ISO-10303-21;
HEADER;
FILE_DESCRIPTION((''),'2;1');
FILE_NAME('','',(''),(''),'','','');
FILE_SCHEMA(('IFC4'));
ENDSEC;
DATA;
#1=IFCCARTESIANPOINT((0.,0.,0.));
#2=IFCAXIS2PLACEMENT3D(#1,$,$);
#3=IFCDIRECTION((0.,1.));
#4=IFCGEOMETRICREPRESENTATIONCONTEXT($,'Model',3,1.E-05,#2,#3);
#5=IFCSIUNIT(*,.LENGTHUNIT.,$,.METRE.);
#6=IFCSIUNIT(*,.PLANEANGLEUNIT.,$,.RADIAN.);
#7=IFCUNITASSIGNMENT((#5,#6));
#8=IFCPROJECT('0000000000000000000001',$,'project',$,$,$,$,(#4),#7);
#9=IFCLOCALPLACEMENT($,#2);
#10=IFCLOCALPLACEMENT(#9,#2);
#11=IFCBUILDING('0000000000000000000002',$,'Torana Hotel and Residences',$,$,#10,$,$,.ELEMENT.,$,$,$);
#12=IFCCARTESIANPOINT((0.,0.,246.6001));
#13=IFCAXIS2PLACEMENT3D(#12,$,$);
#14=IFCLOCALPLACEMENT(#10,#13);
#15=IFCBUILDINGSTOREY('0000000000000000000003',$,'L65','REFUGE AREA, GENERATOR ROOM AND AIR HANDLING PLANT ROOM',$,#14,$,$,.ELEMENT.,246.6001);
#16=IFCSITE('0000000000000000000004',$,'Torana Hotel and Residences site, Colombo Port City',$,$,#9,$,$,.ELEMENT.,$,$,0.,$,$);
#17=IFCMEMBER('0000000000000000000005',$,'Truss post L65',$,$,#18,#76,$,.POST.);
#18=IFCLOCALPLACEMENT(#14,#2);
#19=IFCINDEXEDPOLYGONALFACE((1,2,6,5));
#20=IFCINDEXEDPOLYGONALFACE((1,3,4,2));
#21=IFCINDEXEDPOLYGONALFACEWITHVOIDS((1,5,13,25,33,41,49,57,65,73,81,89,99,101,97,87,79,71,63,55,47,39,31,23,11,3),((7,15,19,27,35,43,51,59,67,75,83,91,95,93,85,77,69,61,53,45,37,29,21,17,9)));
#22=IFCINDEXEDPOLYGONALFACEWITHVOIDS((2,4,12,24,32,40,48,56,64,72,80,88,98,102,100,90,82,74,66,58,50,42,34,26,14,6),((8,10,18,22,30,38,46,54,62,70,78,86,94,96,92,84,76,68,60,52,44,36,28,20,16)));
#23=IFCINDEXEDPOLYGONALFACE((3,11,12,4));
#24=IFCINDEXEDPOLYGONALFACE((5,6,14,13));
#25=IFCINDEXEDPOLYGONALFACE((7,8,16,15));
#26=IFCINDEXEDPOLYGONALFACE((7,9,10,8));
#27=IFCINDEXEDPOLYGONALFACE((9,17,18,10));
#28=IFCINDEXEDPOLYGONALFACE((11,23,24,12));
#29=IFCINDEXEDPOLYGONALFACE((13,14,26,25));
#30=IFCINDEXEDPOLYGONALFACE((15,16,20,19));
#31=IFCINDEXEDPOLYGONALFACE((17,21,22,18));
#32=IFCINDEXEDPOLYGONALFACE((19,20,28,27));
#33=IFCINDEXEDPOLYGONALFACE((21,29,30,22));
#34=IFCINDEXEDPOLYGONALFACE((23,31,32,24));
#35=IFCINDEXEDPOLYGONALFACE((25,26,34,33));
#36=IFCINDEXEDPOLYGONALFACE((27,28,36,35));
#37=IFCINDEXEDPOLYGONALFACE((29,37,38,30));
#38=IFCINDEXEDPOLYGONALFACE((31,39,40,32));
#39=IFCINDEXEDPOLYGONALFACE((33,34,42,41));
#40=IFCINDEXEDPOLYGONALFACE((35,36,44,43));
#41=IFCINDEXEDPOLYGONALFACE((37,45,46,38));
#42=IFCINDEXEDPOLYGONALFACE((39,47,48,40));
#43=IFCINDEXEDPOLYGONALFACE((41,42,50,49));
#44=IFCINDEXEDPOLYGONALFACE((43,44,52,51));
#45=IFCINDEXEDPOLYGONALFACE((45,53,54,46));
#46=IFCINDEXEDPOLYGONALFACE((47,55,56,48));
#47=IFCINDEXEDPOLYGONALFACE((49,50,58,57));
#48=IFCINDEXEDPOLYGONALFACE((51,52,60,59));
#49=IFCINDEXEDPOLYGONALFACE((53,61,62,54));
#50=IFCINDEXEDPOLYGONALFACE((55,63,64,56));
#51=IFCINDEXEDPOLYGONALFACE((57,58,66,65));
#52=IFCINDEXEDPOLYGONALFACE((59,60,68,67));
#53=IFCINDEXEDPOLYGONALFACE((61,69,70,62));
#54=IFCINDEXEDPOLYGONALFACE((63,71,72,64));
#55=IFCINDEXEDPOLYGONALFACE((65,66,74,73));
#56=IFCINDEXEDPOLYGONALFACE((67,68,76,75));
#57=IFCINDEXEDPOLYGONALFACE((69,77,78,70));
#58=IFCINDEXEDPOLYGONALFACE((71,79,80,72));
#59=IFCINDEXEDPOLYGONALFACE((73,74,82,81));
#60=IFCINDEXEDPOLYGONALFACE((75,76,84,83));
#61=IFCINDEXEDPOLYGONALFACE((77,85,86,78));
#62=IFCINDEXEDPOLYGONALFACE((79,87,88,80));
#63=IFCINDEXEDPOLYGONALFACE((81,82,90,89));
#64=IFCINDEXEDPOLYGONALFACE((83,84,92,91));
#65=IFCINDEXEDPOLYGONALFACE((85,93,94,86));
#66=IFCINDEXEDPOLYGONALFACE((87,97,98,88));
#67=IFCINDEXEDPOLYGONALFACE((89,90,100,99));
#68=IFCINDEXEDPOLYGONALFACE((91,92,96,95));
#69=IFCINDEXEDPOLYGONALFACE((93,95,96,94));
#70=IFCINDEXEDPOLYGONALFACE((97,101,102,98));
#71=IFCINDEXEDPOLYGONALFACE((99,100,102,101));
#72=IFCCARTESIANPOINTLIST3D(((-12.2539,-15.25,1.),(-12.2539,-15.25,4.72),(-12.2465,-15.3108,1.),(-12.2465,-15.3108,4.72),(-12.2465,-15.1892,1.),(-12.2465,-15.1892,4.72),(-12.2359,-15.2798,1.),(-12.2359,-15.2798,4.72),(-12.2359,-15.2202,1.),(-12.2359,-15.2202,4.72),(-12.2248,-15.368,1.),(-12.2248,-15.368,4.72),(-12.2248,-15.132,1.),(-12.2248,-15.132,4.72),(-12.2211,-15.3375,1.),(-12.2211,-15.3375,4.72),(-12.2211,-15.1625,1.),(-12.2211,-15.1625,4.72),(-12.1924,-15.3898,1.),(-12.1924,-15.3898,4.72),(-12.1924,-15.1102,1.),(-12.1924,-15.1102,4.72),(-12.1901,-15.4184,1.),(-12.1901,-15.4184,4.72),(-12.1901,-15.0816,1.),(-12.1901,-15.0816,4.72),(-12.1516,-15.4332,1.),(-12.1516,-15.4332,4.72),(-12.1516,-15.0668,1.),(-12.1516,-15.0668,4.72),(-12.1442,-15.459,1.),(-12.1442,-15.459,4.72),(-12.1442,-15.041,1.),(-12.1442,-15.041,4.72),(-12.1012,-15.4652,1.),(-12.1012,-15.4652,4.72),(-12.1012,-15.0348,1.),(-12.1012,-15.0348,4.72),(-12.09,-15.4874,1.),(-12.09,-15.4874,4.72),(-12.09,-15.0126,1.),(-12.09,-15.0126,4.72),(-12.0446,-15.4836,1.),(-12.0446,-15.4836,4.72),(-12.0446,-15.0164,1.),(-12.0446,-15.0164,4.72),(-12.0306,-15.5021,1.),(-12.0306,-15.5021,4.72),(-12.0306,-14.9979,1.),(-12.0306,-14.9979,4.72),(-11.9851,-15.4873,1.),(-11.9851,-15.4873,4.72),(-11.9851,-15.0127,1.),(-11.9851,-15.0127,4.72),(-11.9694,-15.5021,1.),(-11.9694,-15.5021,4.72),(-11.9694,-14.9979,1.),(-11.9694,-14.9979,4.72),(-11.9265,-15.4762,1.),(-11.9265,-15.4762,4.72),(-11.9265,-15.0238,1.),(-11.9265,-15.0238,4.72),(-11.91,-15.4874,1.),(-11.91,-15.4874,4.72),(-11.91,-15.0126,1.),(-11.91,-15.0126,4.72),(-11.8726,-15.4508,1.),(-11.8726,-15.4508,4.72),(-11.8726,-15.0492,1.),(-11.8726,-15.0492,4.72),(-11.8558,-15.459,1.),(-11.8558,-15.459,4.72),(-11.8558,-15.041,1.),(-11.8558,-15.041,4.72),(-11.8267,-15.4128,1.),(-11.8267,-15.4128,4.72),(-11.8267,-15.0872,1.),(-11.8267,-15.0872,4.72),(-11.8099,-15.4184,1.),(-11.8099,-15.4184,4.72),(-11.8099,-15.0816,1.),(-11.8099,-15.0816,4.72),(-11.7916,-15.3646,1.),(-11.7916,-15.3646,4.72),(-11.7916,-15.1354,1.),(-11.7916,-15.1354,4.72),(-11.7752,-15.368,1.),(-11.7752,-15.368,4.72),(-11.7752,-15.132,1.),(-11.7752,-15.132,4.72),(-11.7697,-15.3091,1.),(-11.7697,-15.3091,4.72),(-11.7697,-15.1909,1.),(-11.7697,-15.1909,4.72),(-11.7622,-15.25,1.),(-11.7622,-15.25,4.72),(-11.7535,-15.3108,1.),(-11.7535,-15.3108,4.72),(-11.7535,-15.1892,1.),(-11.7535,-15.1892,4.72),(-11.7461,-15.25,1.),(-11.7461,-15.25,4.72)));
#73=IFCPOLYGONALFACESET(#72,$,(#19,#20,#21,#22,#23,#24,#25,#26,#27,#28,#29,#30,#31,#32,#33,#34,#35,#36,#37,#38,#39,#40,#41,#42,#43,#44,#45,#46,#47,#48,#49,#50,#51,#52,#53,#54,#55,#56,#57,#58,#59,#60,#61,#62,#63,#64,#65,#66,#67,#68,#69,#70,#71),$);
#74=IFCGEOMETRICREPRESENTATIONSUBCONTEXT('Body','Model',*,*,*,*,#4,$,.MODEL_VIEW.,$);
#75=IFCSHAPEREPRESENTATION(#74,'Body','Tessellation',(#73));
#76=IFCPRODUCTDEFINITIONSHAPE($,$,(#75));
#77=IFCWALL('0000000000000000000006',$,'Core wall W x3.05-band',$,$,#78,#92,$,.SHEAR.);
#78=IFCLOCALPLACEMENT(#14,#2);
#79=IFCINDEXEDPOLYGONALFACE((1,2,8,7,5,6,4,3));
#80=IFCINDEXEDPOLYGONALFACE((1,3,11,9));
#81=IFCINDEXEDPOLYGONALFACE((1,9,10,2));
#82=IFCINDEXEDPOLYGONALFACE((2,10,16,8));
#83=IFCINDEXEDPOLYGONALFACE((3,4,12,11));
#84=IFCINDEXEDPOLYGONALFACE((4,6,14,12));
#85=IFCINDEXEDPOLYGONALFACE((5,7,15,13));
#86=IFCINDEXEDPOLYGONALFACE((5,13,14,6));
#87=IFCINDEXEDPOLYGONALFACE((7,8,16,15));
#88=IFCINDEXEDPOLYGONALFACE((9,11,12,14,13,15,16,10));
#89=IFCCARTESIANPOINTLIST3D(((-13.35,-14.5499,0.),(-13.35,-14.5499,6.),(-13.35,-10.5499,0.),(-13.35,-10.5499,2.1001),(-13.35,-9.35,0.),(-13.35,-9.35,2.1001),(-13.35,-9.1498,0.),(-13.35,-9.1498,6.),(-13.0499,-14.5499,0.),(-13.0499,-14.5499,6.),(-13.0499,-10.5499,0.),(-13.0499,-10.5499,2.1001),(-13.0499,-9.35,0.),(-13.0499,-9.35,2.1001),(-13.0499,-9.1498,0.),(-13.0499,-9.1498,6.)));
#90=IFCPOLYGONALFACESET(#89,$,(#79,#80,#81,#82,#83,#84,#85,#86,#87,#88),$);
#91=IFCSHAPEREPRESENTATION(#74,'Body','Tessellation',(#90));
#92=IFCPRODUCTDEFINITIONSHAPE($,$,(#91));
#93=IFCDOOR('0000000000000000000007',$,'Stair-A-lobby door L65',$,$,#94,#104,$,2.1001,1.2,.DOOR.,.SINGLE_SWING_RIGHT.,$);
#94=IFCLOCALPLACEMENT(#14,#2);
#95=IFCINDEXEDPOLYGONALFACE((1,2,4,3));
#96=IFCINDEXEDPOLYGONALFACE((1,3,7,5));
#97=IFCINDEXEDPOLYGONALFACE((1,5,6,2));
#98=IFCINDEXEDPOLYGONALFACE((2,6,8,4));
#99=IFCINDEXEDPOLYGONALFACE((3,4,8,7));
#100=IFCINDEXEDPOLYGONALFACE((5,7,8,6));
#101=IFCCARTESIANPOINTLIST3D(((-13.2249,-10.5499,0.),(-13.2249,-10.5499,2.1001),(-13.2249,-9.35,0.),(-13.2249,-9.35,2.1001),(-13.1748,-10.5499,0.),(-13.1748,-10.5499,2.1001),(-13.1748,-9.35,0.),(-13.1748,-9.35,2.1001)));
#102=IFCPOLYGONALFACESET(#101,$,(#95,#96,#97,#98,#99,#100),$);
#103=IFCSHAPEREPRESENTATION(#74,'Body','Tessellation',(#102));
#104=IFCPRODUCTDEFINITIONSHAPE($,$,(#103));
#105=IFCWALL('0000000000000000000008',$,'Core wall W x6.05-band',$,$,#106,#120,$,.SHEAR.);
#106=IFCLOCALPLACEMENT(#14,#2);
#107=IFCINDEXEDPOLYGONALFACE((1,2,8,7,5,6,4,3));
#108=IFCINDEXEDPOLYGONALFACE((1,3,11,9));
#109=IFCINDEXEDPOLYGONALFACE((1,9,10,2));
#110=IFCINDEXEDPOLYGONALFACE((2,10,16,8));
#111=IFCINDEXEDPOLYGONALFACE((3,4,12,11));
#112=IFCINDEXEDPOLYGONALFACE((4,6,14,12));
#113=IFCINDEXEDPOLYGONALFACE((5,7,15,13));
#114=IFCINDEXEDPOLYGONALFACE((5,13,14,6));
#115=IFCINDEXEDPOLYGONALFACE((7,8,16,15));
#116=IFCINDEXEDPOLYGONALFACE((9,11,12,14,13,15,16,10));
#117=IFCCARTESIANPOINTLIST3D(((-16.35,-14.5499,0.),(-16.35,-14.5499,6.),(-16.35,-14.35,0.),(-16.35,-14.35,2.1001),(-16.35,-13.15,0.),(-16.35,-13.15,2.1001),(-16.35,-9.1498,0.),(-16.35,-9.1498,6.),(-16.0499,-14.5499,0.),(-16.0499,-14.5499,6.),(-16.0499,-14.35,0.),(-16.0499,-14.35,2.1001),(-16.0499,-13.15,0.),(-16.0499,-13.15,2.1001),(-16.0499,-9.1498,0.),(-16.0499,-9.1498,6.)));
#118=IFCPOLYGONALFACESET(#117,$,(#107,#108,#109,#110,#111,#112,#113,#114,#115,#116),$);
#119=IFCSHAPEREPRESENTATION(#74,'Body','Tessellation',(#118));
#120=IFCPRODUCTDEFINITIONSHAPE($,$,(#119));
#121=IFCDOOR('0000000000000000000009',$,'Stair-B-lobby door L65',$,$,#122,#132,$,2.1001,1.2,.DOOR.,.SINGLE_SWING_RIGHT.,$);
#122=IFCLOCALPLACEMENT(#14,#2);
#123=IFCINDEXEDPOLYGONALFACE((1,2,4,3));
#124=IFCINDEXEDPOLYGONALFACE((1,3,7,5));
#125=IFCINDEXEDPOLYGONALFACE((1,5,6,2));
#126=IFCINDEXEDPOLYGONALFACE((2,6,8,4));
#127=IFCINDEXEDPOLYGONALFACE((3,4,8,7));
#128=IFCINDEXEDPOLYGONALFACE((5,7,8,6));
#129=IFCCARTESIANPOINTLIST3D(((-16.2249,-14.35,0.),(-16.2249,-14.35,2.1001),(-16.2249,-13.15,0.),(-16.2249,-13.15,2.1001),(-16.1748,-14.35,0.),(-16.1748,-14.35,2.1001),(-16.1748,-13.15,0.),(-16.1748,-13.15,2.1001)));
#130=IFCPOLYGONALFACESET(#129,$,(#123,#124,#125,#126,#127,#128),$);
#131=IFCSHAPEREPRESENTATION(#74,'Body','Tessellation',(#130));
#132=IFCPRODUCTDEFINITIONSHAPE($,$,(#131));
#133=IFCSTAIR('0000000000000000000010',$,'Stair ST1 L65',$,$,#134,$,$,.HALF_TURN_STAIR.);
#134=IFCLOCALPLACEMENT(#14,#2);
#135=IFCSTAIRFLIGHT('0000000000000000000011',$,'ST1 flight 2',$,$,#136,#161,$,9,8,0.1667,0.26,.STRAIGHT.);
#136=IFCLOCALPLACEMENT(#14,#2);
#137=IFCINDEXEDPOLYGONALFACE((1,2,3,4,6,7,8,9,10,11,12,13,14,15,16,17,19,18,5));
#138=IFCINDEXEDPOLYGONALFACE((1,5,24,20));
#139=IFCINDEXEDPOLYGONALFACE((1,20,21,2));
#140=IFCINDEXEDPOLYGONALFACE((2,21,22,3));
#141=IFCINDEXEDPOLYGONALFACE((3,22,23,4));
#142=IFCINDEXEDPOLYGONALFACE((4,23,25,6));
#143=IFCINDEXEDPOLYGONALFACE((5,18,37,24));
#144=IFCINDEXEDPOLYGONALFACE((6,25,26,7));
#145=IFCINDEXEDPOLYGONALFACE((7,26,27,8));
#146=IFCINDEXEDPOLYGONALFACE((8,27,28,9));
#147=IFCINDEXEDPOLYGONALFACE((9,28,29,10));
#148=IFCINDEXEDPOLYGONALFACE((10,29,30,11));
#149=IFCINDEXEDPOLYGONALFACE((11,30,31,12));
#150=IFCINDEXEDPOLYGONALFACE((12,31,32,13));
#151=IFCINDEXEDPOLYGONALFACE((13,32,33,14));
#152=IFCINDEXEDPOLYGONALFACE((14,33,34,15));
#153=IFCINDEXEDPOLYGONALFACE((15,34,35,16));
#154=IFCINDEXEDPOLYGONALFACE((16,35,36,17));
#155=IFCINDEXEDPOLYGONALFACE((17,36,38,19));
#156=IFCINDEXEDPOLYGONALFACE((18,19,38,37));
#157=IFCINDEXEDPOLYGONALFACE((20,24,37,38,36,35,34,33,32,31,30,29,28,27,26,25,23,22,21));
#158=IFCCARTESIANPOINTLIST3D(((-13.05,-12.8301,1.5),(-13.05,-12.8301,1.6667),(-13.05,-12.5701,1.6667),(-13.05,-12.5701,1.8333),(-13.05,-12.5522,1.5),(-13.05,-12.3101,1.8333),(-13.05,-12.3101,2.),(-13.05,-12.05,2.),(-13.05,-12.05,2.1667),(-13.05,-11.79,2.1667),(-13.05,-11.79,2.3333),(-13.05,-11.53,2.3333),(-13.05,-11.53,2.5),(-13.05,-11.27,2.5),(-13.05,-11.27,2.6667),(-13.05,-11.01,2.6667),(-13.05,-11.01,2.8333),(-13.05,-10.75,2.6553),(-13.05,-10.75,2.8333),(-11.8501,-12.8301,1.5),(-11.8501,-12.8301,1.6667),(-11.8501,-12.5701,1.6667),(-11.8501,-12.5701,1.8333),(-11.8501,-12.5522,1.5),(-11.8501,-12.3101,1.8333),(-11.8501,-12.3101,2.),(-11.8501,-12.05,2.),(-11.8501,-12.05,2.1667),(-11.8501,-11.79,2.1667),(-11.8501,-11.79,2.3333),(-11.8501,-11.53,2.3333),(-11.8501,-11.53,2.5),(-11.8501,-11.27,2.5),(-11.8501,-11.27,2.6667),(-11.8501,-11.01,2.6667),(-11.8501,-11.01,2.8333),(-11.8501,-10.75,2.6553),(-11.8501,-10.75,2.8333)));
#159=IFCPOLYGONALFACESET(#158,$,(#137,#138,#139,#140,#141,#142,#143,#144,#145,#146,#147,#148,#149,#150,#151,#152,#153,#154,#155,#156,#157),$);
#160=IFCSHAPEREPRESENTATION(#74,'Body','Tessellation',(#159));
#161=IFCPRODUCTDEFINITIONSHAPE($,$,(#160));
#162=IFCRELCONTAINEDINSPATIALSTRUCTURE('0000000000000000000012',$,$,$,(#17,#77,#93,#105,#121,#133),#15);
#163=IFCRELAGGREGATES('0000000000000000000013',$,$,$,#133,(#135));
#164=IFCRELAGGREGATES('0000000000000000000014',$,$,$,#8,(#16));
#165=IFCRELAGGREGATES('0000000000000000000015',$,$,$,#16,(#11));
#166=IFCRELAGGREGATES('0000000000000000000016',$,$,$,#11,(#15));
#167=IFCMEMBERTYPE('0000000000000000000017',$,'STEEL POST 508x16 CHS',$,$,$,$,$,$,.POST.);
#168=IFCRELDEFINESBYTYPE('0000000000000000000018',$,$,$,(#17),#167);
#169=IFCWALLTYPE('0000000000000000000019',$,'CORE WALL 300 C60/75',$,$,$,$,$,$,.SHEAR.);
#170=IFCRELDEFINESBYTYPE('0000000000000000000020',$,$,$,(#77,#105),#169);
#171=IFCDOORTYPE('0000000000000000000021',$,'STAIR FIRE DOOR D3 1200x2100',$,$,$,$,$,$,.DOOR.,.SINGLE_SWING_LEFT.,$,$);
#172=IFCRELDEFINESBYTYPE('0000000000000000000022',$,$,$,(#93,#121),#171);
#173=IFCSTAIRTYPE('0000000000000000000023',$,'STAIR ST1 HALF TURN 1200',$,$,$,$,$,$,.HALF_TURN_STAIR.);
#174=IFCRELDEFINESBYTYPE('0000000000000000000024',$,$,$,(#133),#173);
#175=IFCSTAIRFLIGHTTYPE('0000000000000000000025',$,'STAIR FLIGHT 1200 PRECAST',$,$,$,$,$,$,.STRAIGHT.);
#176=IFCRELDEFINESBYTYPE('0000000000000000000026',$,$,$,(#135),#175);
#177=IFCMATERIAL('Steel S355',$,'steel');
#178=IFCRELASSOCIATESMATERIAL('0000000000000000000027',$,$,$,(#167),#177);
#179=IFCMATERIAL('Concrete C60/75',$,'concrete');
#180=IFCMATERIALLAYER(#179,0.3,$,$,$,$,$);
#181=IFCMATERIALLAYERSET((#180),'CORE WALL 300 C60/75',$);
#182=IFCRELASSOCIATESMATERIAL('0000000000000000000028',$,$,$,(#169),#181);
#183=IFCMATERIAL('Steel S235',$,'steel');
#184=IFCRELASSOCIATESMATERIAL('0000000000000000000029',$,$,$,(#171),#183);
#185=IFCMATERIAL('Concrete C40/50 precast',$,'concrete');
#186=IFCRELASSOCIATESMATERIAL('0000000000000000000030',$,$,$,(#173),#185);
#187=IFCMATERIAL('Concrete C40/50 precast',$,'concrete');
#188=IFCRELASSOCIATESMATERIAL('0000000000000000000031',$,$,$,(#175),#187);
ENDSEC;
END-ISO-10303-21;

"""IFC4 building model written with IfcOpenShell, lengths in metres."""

from ifc_helpers import new_model, si_unit, direction, frame, frame_2d, origin, origin_2d, place, context, subcontext, project, spatial, polyline, rectangle, hollow_circle, outline, extrude, material, layer, layer_set, material_profile, profile_set, type_object, element, fill, aggregate, save


model = new_model("IFC4")

# Units and contexts
model_context = context("Model", 3, precision=1e-05, world=origin(), true_north=direction((0.0, 1.0)))
body_context = subcontext(model_context, "Body", "Model", "MODEL_VIEW")
ifc_project = project(units=[si_unit("LENGTHUNIT", "METRE"), si_unit("PLANEANGLEUNIT", "RADIAN")], contexts=[model_context])

# Site, building, storey
site_placement = place(None, origin())
site = spatial("IfcSite", under=ifc_project, at=site_placement, Name="Torana Hotel and Residences site, Colombo Port City", CompositionType="ELEMENT", RefElevation=0.0)
building_placement = place(site_placement, origin())
building = spatial("IfcBuilding", under=site, at=building_placement, Name="Torana Hotel and Residences", CompositionType="ELEMENT")
storey_placement = place(building_placement, frame((0.0, 0.0, 246.6001)))
storey = spatial("IfcBuildingStorey", under=building, at=storey_placement, Name="L65", Description="REFUGE AREA, GENERATOR ROOM AND AIR HANDLING PLANT ROOM", CompositionType="ELEMENT", Elevation=246.6001)

# Member
ifc_material_1 = material(Name="Steel S355", Category="steel")
ifc_material_profile_1 = material_profile(ifc_material_1, hollow_circle(Radius=0.2539, WallThickness=0.0161, at=origin_2d()), Name="508x16 CHS")
ifc_profile_set_1 = profile_set([ifc_material_profile_1], Name="Steel S355")
member_type_1 = type_object("IfcMemberType", Name="STEEL POST 508x16 CHS", PredefinedType="POST", material=ifc_profile_set_1)
for number, where, z_axis, x_axis, name in (
    (1, (-12.0, -15.25, 1.0), (0.0, 0.0, 1.0), (1.0, 0.0, 0.0), "Truss post L65"),
):
    element("IfcMember", number, at=place(storey_placement, frame(where, z_axis=z_axis, x_axis=x_axis)), inside=storey, type_object=member_type_1, Name=name, PredefinedType="POST", context=body_context, shape_type="SweptSolid", body=[
        extrude(hollow_circle(Radius=0.2539, WallThickness=0.0161, at=origin_2d()), origin(), (0.0, 0.0, 1.0), 3.72),
    ])

# Walls, openings, doors
ifc_material_2 = material(Name="Concrete C60/75", Category="concrete")
ifc_layer = layer(ifc_material_2, 0.3)
ifc_layer_set = layer_set([ifc_layer], Name="CORE WALL 300 C60/75")
wall_type = type_object("IfcWallType", Name="CORE WALL 300 C60/75", PredefinedType="SHEAR", material=ifc_layer_set)
wall_1_placement = place(storey_placement, frame((-13.2, -14.55, 0.0), z_axis=(0.0, 0.0, 1.0), x_axis=(0.0, 1.0, 0.0)))
wall_1 = element("IfcWall", 2, at=wall_1_placement, inside=storey, type_object=wall_type, Name="Core wall W x3.05-band", PredefinedType="SHEAR", context=body_context, shape_type="SweptSolid", body=[
    extrude(rectangle(XDim=5.4001, YDim=0.3, at=frame_2d((2.7002, 0.0))), origin(), (0.0, 0.0, 1.0), 6.0),
])
opening_1_placement = place(wall_1_placement, frame((4.0, 0.0, 0.0)))
opening_1 = element("IfcOpeningElement", 3, at=opening_1_placement, cuts=wall_1, PredefinedType="OPENING", context=body_context, shape_type="SweptSolid", body=[
    extrude(rectangle(XDim=1.2, YDim=2.1001, at=frame_2d((0.6001, 1.05))), frame((0.0, 0.1599, 0.0), z_axis=(0.0, -1.0, 0.0), x_axis=(1.0, 0.0, 0.0)), (0.0, 0.0, 1.0), 0.3201),
])
ifc_material_3 = material(Name="Steel S235", Category="steel")
door_type = type_object("IfcDoorType", Name="STAIR FIRE DOOR D3 1200x2100", OperationType="SINGLE_SWING_LEFT", PredefinedType="DOOR", material=ifc_material_3)
door_1_placement = place(opening_1_placement, frame((0.6001, 0.0, 0.0), z_axis=(0.0, 0.0, 1.0), x_axis=(-1.0, 0.0, 0.0)))
door_1 = element("IfcDoor", 4, at=door_1_placement, inside=storey, type_object=door_type, Name="Stair-A-lobby door L65", OperationType="SINGLE_SWING_RIGHT", OverallHeight=2.1001, OverallWidth=1.2, PredefinedType="DOOR", context=body_context, shape_type="SweptSolid", body=[
    extrude(rectangle(XDim=1.2, YDim=2.1001, at=frame_2d((0.0, 1.05))), frame((0.0, -0.0249, 0.0), z_axis=(0.0, 1.0, 0.0), x_axis=(-1.0, 0.0, 0.0)), (0.0, 0.0, 1.0), 0.05),
])
fill(opening_1, door_1)
wall_2_placement = place(storey_placement, frame((-16.2, -14.55, 0.0), z_axis=(0.0, 0.0, 1.0), x_axis=(0.0, 1.0, 0.0)))
wall_2 = element("IfcWall", 5, at=wall_2_placement, inside=storey, type_object=wall_type, Name="Core wall W x6.05-band", PredefinedType="SHEAR", context=body_context, shape_type="SweptSolid", body=[
    extrude(rectangle(XDim=5.4001, YDim=0.3, at=frame_2d((2.7002, 0.0))), origin(), (0.0, 0.0, 1.0), 6.0),
])
opening_2_placement = place(wall_2_placement, frame((0.2, 0.0, 0.0)))
opening_2 = element("IfcOpeningElement", 6, at=opening_2_placement, cuts=wall_2, PredefinedType="OPENING", context=body_context, shape_type="SweptSolid", body=[
    extrude(rectangle(XDim=1.2, YDim=2.1001, at=frame_2d((0.6001, 1.05))), frame((0.0, 0.1599, 0.0), z_axis=(0.0, -1.0, 0.0), x_axis=(1.0, 0.0, 0.0)), (0.0, 0.0, 1.0), 0.3201),
])
door_2_placement = place(opening_2_placement, origin())
door_2 = element("IfcDoor", 7, at=door_2_placement, inside=storey, type_object=door_type, Name="Stair-B-lobby door L65", OperationType="SINGLE_SWING_RIGHT", OverallHeight=2.1001, OverallWidth=1.2, PredefinedType="DOOR", context=body_context, shape_type="SweptSolid", body=[
    extrude(rectangle(XDim=1.2, YDim=2.1001, at=frame_2d((0.6001, 1.05))), frame((0.0, 0.0249, 0.0), z_axis=(0.0, -1.0, 0.0), x_axis=(1.0, 0.0, 0.0)), (0.0, 0.0, 1.0), 0.05),
])
fill(opening_2, door_2)

# Stair, stair flight
ifc_material_4 = material(Name="Concrete C40/50 precast", Category="concrete")
stair_type_1 = type_object("IfcStairType", Name="STAIR ST1 HALF TURN 1200", PredefinedType="HALF_TURN_STAIR", material=ifc_material_4)
stair_1_placement = place(storey_placement, origin())
stair_1 = element("IfcStair", 8, at=stair_1_placement, inside=storey, type_object=stair_type_1, Name="Stair ST1 L65", PredefinedType="HALF_TURN_STAIR")
ifc_material_5 = material(Name="Concrete C40/50 precast", Category="concrete")
stair_flight_type = type_object("IfcStairFlightType", Name="STAIR FLIGHT 1200 PRECAST", PredefinedType="STRAIGHT", material=ifc_material_5)
stair_flight_1_placement = place(storey_placement, frame((-12.45, -12.8301, 1.5), z_axis=(0.0, 0.0, 1.0), x_axis=(0.0, 1.0, 0.0)))
stair_flight_1 = element("IfcStairFlight", 9, at=stair_flight_1_placement, type_object=stair_flight_type, Name="ST1 flight 2", NumberOfRisers=9, NumberOfTreads=8, PredefinedType="STRAIGHT", RiserHeight=0.1667, TreadLength=0.26, context=body_context, shape_type="SweptSolid", body=[
    extrude(outline(polyline([(0.0, 0.0), (0.0, 0.1667), (0.26, 0.1667), (0.26, 0.3333), (0.52, 0.3333), (0.52, 0.5), (0.78, 0.5), (0.78, 0.6667), (1.04, 0.6667), (1.04, 0.8333), (1.3, 0.8333), (1.3, 1.0), (1.5601, 1.0), (1.5601, 1.1667), (1.8201, 1.1667), (1.8201, 1.3333), (2.0801, 1.3333), (2.0801, 1.5), (2.0801, 1.1553), (0.2778, 0.0), (0.0, 0.0)])), frame((0.0, 0.6001, 0.0), z_axis=(0.0, -1.0, 0.0), x_axis=(1.0, 0.0, 0.0)), (0.0, 0.0, 1.0), 1.2),
])
aggregate(stair_1, [stair_flight_1])

save(model, "model.ifc")
